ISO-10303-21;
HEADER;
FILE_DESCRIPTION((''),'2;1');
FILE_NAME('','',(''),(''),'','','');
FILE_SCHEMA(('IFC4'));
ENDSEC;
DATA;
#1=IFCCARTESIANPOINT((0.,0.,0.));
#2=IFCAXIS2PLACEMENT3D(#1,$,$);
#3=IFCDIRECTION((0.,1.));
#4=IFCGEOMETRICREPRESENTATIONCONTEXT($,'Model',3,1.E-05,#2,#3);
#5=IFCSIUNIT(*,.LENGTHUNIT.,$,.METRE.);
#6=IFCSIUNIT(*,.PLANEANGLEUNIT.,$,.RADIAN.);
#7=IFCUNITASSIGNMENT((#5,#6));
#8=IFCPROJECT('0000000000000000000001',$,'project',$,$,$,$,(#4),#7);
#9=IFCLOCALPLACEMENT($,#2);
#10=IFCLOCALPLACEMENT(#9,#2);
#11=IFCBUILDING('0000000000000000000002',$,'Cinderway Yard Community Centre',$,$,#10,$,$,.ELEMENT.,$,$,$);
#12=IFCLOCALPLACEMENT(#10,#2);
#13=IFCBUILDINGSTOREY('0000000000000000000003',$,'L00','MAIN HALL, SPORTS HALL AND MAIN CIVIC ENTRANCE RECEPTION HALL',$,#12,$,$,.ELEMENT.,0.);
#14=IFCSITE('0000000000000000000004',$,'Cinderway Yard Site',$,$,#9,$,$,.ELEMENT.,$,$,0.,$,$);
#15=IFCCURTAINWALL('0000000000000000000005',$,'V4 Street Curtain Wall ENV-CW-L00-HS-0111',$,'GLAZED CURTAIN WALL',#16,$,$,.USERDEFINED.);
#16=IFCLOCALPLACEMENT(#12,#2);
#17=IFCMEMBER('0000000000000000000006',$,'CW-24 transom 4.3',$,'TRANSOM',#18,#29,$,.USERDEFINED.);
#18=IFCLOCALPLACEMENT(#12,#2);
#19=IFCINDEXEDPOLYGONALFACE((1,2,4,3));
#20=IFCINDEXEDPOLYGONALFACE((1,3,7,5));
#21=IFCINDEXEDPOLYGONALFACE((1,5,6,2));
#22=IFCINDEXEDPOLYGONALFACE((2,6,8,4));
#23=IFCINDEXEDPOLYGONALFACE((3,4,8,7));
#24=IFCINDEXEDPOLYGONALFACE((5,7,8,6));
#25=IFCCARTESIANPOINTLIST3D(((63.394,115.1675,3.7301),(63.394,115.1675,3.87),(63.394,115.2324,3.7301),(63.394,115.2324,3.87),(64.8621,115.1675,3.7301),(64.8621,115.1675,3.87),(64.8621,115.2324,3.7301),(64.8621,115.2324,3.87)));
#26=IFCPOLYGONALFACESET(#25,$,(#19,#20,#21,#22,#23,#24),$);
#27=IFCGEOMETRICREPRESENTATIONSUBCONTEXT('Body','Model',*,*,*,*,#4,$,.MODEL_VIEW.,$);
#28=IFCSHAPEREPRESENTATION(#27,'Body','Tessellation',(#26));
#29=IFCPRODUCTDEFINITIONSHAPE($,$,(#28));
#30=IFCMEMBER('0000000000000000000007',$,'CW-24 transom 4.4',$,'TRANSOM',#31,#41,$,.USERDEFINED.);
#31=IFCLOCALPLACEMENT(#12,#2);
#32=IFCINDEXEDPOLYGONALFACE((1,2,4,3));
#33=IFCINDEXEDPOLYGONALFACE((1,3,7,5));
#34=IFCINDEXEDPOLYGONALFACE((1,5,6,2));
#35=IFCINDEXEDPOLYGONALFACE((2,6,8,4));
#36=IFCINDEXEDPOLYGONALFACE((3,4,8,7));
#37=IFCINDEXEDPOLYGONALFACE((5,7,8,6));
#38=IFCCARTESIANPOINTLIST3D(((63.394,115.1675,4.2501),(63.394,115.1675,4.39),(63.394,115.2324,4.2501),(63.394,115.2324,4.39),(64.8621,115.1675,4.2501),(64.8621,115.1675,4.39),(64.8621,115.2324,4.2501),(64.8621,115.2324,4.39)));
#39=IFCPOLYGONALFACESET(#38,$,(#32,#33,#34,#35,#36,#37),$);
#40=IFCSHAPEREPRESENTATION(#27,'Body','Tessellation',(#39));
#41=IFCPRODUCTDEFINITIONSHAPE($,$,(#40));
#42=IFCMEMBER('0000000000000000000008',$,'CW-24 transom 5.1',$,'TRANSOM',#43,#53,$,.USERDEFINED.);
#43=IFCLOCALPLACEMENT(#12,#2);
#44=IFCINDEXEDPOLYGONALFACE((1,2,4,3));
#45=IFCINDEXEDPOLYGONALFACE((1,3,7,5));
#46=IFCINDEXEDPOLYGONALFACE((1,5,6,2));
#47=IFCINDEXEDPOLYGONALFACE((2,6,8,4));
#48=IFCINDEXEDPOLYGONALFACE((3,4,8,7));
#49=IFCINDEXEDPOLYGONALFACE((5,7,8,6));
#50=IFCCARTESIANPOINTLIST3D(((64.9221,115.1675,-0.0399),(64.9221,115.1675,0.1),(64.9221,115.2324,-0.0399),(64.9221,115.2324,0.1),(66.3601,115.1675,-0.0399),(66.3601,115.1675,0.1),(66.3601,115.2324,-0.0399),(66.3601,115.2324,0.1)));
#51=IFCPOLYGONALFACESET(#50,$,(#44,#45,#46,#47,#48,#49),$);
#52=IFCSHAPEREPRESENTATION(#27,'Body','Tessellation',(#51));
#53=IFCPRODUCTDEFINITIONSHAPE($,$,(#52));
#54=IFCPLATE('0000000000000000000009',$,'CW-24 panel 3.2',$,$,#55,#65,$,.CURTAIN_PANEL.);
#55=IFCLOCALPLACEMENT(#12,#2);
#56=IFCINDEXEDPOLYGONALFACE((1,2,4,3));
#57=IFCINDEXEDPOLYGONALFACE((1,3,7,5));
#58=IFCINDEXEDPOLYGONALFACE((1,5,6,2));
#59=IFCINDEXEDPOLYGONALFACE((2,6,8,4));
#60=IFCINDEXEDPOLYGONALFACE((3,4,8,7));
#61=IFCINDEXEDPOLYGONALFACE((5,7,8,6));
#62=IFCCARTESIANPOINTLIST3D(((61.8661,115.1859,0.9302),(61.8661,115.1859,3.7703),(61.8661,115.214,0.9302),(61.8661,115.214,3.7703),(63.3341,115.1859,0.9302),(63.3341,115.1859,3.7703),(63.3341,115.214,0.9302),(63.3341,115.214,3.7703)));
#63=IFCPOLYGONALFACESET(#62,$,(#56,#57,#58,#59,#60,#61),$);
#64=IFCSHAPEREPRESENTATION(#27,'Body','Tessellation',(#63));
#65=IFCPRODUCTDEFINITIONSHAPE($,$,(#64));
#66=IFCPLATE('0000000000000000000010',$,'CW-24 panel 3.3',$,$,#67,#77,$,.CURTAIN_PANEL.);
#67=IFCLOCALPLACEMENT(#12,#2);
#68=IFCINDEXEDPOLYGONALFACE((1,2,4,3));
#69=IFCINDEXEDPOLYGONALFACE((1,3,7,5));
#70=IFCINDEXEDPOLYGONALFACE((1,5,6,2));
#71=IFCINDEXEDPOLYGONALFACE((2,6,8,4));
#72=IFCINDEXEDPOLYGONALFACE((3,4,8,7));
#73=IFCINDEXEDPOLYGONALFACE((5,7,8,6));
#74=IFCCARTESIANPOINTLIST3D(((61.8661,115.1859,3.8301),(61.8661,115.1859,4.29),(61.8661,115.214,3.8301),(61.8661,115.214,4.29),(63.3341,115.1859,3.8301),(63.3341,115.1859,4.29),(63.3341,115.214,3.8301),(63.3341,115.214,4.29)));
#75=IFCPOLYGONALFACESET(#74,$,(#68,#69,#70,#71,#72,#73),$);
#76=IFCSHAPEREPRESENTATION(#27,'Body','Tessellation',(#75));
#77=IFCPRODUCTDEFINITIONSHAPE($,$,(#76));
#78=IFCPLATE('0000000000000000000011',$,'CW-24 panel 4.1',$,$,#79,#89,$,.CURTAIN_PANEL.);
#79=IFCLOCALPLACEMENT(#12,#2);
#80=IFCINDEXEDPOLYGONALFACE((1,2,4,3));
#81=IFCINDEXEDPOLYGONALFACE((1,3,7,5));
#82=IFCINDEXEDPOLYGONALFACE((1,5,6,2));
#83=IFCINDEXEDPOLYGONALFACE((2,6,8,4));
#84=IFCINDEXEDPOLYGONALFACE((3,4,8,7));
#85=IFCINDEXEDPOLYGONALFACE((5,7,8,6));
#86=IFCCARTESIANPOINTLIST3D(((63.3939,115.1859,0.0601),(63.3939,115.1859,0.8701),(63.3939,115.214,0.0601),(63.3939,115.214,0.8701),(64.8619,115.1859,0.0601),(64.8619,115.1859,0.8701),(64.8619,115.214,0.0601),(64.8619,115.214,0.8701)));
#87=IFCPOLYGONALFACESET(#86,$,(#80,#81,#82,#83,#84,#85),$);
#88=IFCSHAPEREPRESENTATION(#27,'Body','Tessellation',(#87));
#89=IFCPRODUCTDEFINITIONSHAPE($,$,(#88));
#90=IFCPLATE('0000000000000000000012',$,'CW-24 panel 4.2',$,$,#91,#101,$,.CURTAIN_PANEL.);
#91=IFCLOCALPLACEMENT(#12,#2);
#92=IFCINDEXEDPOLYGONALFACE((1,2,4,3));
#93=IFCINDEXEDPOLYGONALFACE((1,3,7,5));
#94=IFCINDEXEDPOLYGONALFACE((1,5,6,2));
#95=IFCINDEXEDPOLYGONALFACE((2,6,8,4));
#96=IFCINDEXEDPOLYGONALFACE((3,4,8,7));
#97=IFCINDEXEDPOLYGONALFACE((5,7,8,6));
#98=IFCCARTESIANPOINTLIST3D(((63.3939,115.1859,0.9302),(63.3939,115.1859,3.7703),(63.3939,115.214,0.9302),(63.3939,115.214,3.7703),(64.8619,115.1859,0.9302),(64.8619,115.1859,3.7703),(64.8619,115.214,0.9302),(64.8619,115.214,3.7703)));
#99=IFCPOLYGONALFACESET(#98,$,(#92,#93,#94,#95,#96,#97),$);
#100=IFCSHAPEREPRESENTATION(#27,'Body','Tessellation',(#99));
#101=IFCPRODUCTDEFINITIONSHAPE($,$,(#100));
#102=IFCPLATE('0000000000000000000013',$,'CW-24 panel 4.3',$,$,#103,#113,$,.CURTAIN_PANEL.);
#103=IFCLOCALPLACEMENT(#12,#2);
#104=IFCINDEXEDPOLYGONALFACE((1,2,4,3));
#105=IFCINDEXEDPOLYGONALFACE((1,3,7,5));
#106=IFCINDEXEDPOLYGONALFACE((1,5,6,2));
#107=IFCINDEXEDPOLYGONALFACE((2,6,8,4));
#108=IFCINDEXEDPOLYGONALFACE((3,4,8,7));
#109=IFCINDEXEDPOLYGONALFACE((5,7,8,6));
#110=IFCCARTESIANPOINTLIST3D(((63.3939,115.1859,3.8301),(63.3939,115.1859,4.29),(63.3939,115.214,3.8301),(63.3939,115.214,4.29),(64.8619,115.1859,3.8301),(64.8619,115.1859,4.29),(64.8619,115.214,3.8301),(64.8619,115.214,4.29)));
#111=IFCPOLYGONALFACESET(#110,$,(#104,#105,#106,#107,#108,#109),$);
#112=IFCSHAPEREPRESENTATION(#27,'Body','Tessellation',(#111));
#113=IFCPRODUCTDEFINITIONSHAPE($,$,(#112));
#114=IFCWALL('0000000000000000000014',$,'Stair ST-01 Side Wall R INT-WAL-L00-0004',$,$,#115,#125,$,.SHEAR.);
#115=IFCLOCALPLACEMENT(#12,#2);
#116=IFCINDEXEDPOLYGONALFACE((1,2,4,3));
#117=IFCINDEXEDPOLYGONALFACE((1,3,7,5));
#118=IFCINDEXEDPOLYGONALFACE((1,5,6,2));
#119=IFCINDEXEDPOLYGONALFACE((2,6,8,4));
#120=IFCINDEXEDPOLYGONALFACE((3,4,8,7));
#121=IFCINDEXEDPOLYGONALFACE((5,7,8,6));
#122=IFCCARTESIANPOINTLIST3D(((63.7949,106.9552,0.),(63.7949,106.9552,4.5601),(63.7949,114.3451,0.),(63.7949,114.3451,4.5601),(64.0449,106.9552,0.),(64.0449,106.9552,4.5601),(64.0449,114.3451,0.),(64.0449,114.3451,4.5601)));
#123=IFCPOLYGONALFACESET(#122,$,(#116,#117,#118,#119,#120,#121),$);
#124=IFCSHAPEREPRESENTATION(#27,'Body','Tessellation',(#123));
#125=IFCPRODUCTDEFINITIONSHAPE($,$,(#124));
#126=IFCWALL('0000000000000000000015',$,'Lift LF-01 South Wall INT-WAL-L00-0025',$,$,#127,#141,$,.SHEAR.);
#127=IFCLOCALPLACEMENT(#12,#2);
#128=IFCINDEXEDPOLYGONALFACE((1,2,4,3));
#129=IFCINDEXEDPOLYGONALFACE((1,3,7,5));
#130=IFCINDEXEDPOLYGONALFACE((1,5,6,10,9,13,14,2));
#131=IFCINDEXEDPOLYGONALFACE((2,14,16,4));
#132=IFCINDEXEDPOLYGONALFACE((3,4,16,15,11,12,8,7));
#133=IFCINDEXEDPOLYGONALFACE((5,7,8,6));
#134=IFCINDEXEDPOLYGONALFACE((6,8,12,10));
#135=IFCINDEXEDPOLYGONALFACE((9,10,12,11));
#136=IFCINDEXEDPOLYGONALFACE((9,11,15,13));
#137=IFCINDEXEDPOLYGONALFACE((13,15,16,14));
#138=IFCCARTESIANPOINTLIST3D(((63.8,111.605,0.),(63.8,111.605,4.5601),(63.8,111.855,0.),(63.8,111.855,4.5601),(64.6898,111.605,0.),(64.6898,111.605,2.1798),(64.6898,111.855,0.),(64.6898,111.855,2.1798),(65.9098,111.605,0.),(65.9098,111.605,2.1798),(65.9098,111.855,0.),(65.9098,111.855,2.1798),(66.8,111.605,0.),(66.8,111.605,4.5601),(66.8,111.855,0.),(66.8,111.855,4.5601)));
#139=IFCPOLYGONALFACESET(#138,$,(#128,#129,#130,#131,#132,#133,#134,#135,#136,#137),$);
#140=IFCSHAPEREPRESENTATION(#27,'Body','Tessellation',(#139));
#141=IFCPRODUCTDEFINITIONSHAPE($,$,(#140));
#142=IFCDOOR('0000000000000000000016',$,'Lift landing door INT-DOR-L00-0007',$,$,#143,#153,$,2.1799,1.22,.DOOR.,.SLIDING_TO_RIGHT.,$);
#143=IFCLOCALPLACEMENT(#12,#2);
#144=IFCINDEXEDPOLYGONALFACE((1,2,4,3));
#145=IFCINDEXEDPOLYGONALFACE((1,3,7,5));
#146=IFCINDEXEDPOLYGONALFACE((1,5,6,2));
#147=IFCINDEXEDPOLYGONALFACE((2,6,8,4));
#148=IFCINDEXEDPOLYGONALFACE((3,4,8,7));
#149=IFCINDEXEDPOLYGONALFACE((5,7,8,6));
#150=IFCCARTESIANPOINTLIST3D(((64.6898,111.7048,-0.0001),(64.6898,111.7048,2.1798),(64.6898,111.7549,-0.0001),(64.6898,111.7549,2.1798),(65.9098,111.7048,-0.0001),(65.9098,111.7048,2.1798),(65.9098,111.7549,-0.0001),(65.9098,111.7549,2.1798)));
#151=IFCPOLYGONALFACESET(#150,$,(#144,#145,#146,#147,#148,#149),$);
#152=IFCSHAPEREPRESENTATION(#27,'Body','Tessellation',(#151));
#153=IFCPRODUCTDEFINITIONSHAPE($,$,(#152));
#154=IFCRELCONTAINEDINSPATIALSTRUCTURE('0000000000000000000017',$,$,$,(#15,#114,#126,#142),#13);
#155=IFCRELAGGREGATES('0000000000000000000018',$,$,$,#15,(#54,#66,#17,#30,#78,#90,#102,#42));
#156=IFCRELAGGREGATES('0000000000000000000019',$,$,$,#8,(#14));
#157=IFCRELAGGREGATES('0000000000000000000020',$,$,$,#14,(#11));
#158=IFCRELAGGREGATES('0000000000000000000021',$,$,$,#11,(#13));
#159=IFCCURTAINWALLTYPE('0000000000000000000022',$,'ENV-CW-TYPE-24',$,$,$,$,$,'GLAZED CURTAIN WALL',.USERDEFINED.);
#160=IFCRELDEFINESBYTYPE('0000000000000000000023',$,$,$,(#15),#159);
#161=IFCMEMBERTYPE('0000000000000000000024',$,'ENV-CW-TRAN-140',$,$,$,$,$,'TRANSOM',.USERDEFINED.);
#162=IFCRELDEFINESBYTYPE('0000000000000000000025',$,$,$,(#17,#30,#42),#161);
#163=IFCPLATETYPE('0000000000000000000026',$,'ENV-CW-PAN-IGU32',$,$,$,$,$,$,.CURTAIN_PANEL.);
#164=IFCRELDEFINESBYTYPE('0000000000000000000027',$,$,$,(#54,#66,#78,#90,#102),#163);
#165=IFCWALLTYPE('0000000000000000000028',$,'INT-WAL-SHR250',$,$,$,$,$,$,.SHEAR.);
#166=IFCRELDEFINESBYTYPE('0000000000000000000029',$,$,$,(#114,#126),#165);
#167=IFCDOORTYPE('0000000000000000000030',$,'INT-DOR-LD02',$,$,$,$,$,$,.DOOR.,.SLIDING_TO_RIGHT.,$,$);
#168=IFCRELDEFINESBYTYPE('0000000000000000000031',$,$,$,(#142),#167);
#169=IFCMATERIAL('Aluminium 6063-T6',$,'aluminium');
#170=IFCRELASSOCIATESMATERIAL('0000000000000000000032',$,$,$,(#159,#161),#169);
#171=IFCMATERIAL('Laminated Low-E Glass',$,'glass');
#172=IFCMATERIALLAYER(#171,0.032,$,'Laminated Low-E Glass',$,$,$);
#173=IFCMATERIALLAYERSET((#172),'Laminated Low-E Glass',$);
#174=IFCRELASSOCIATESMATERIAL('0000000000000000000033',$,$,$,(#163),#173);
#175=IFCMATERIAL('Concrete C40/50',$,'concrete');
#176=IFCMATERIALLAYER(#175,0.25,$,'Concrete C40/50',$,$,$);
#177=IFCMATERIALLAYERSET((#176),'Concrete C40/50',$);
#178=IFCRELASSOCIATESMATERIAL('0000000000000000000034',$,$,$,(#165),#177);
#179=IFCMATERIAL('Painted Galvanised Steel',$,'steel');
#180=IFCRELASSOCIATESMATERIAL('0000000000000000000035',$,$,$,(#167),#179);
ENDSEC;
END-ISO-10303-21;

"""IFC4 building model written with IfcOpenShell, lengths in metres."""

from ifc_helpers import new_model, si_unit, direction, frame, frame_2d, origin, origin_2d, place, context, subcontext, project, spatial, rectangle, extrude, material, layer, layer_set, material_profile, profile_set, type_object, element, fill, aggregate, save


model = new_model("IFC4")

# Units and contexts
model_context = context("Model", 3, precision=1e-05, world=origin(), true_north=direction((0.0, 1.0)))
body_context = subcontext(model_context, "Body", "Model", "MODEL_VIEW")
ifc_project = project(units=[si_unit("LENGTHUNIT", "METRE"), si_unit("PLANEANGLEUNIT", "RADIAN")], contexts=[model_context])

# Site, building, storey
site_placement = place(None, origin())
site = spatial("IfcSite", under=ifc_project, at=site_placement, Name="Cinderway Yard Site", CompositionType="ELEMENT", RefElevation=0.0)
building_placement = place(site_placement, origin())
building = spatial("IfcBuilding", under=site, at=building_placement, Name="Cinderway Yard Community Centre", CompositionType="ELEMENT")
storey_placement = place(building_placement, origin())
storey = spatial("IfcBuildingStorey", under=building, at=storey_placement, Name="L00", Description="MAIN HALL, SPORTS HALL AND MAIN CIVIC ENTRANCE RECEPTION HALL", CompositionType="ELEMENT", Elevation=0.0)

# Shared definitions
ifc_material_1 = material(Name="Concrete C40/50", Category="concrete")

# Curtain wall, members, plates
ifc_material_2 = material(Name="Aluminium 6063-T6", Category="aluminium")
curtain_wall_type = type_object("IfcCurtainWallType", Name="ENV-CW-TYPE-24", ElementType="GLAZED CURTAIN WALL", PredefinedType="USERDEFINED", material=ifc_material_2)
curtain_wall_placement = place(storey_placement, origin())
curtain_wall = element("IfcCurtainWall", 1, at=curtain_wall_placement, inside=storey, type_object=curtain_wall_type, Name="V4 Street Curtain Wall ENV-CW-L00-HS-0111", ObjectType="GLAZED CURTAIN WALL", PredefinedType="USERDEFINED")
ifc_material_profile_1 = material_profile(ifc_material_2, rectangle(XDim=0.0649, YDim=0.1399, at=origin_2d()), Name="Aluminium 6063-T6")
ifc_profile_set_1 = profile_set([ifc_material_profile_1], Name="Aluminium 6063-T6")
member_type_1 = type_object("IfcMemberType", Name="ENV-CW-TRAN-140", ElementType="TRANSOM", PredefinedType="USERDEFINED", material=ifc_profile_set_1)
member_1_placement = place(storey_placement, frame((63.394, 115.2, 3.8), z_axis=(1.0, 0.0, 0.0), x_axis=(0.0, 1.0, 0.0)))
member_1 = element("IfcMember", 2, at=member_1_placement, type_object=member_type_1, Name="CW-24 transom 4.3", ObjectType="TRANSOM", PredefinedType="USERDEFINED", context=body_context, shape_type="SweptSolid", body=[
    extrude(rectangle(XDim=0.0649, YDim=0.1399, at=origin_2d()), origin(), (0.0, 0.0, 1.0), 1.468),
])
member_2_placement = place(storey_placement, frame((63.394, 115.2, 4.3201), z_axis=(1.0, 0.0, 0.0), x_axis=(0.0, 1.0, 0.0)))
member_2 = element("IfcMember", 3, at=member_2_placement, type_object=member_type_1, Name="CW-24 transom 4.4", ObjectType="TRANSOM", PredefinedType="USERDEFINED", context=body_context, shape_type="SweptSolid", body=[
    extrude(rectangle(XDim=0.0649, YDim=0.1399, at=origin_2d()), origin(), (0.0, 0.0, 1.0), 1.468),
])
member_3_placement = place(storey_placement, frame((64.9221, 115.2, 0.03), z_axis=(1.0, 0.0, 0.0), x_axis=(0.0, 1.0, 0.0)))
member_3 = element("IfcMember", 4, at=member_3_placement, type_object=member_type_1, Name="CW-24 transom 5.1", ObjectType="TRANSOM", PredefinedType="USERDEFINED", context=body_context, shape_type="SweptSolid", body=[
    extrude(rectangle(XDim=0.0649, YDim=0.1399, at=origin_2d()), origin(), (0.0, 0.0, 1.0), 1.438),
])
ifc_material_3 = material(Name="Laminated Low-E Glass", Category="glass")
ifc_layer_1 = layer(ifc_material_3, 0.032, Name="Laminated Low-E Glass")
ifc_layer_set_1 = layer_set([ifc_layer_1], Name="Laminated Low-E Glass")
plate_type = type_object("IfcPlateType", Name="ENV-CW-PAN-IGU32", PredefinedType="CURTAIN_PANEL", material=ifc_layer_set_1)
plate_1_placement = place(storey_placement, frame((62.6001, 115.2, 0.9302), z_axis=(0.0, 0.0, 1.0), x_axis=(1.0, 0.0, 0.0)))
plate_1 = element("IfcPlate", 5, at=plate_1_placement, type_object=plate_type, Name="CW-24 panel 3.2", PredefinedType="CURTAIN_PANEL", context=body_context, shape_type="SweptSolid", body=[
    extrude(rectangle(XDim=1.468, YDim=0.0281, at=origin_2d()), origin(), (0.0, 0.0, 1.0), 2.8401),
])
plate_2_placement = place(storey_placement, frame((62.6001, 115.2, 3.8301), z_axis=(0.0, 0.0, 1.0), x_axis=(1.0, 0.0, 0.0)))
plate_2 = element("IfcPlate", 6, at=plate_2_placement, type_object=plate_type, Name="CW-24 panel 3.3", PredefinedType="CURTAIN_PANEL", context=body_context, shape_type="SweptSolid", body=[
    extrude(rectangle(XDim=1.468, YDim=0.0281, at=origin_2d()), origin(), (0.0, 0.0, 1.0), 0.46),
])
plate_3_placement = place(storey_placement, frame((64.1279, 115.2, 0.0601), z_axis=(0.0, 0.0, 1.0), x_axis=(1.0, 0.0, 0.0)))
plate_3 = element("IfcPlate", 7, at=plate_3_placement, type_object=plate_type, Name="CW-24 panel 4.1", PredefinedType="CURTAIN_PANEL", context=body_context, shape_type="SweptSolid", body=[
    extrude(rectangle(XDim=1.468, YDim=0.0281, at=origin_2d()), origin(), (0.0, 0.0, 1.0), 0.8101),
])
plate_4_placement = place(storey_placement, frame((64.1279, 115.2, 0.9302), z_axis=(0.0, 0.0, 1.0), x_axis=(1.0, 0.0, 0.0)))
plate_4 = element("IfcPlate", 8, at=plate_4_placement, type_object=plate_type, Name="CW-24 panel 4.2", PredefinedType="CURTAIN_PANEL", context=body_context, shape_type="SweptSolid", body=[
    extrude(rectangle(XDim=1.468, YDim=0.0281, at=origin_2d()), origin(), (0.0, 0.0, 1.0), 2.8401),
])
plate_5_placement = place(storey_placement, frame((64.1279, 115.2, 3.8301), z_axis=(0.0, 0.0, 1.0), x_axis=(1.0, 0.0, 0.0)))
plate_5 = element("IfcPlate", 9, at=plate_5_placement, type_object=plate_type, Name="CW-24 panel 4.3", PredefinedType="CURTAIN_PANEL", context=body_context, shape_type="SweptSolid", body=[
    extrude(rectangle(XDim=1.468, YDim=0.0281, at=origin_2d()), origin(), (0.0, 0.0, 1.0), 0.46),
])
aggregate(curtain_wall, [plate_1, plate_2, member_1, member_2, plate_3, plate_4, plate_5, member_3])

# Shared definitions
ifc_layer_2 = layer(ifc_material_1, 0.25, Name="Concrete C40/50")
ifc_layer_set_2 = layer_set([ifc_layer_2], Name="Concrete C40/50")
wall_type = type_object("IfcWallType", Name="INT-WAL-SHR250", PredefinedType="SHEAR", material=ifc_layer_set_2)
ifc_material_4 = material(Name="Painted Galvanised Steel", Category="steel")

# Wall
wall_1_placement = place(storey_placement, frame((63.9199, 114.345, 0.0), z_axis=(0.0, 0.0, 1.0), x_axis=(0.0, -1.0, 0.0)))
element("IfcWall", 10, at=wall_1_placement, inside=storey, type_object=wall_type, Name="Stair ST-01 Side Wall R INT-WAL-L00-0004", PredefinedType="SHEAR", context=body_context, shape_type="SweptSolid", body=[
    extrude(rectangle(XDim=7.3899, YDim=0.25, at=frame_2d((3.6948, 0.0))), origin(), (0.0, 0.0, 1.0), 4.5601),
])

# Wall, opening, door
wall_2_placement = place(storey_placement, frame((63.8, 111.73, 0.0), z_axis=(0.0, 0.0, 1.0), x_axis=(1.0, 0.0, 0.0)))
wall_2 = element("IfcWall", 11, at=wall_2_placement, inside=storey, type_object=wall_type, Name="Lift LF-01 South Wall INT-WAL-L00-0025", PredefinedType="SHEAR", context=body_context, shape_type="SweptSolid", body=[
    extrude(rectangle(XDim=3.0, YDim=0.25, at=frame_2d((1.5, 0.0))), origin(), (0.0, 0.0, 1.0), 4.5601),
])
opening_1_placement = place(wall_2_placement, frame((0.8899, 0.0, 0.0)))
opening_1 = element("IfcOpeningElement", 12, at=opening_1_placement, cuts=wall_2, PredefinedType="OPENING", context=body_context, shape_type="SweptSolid", body=[
    extrude(rectangle(XDim=1.22, YDim=2.1799, at=frame_2d((0.6099, 1.0898))), frame((0.0, 0.135, 0.0), z_axis=(0.0, -1.0, 0.0), x_axis=(1.0, 0.0, 0.0)), (0.0, 0.0, 1.0), 0.27),
])
door_type_1 = type_object("IfcDoorType", Name="INT-DOR-LD02", OperationType="SLIDING_TO_RIGHT", PredefinedType="DOOR", material=ifc_material_4)
door_1_placement = place(opening_1_placement, origin())
door_1 = element("IfcDoor", 13, at=door_1_placement, inside=storey, type_object=door_type_1, Name="Lift landing door INT-DOR-L00-0007", OperationType="SLIDING_TO_RIGHT", OverallHeight=2.1799, OverallWidth=1.22, PredefinedType="DOOR", context=body_context, shape_type="SweptSolid", body=[
    extrude(rectangle(XDim=1.22, YDim=2.1799, at=frame_2d((0.6099, 1.0898))), frame((0.0, 0.0249, 0.0), z_axis=(0.0, -1.0, 0.0), x_axis=(1.0, 0.0, 0.0)), (0.0, 0.0, 1.0), 0.05),
])
fill(opening_1, door_1)

save(model, "model.ifc")
